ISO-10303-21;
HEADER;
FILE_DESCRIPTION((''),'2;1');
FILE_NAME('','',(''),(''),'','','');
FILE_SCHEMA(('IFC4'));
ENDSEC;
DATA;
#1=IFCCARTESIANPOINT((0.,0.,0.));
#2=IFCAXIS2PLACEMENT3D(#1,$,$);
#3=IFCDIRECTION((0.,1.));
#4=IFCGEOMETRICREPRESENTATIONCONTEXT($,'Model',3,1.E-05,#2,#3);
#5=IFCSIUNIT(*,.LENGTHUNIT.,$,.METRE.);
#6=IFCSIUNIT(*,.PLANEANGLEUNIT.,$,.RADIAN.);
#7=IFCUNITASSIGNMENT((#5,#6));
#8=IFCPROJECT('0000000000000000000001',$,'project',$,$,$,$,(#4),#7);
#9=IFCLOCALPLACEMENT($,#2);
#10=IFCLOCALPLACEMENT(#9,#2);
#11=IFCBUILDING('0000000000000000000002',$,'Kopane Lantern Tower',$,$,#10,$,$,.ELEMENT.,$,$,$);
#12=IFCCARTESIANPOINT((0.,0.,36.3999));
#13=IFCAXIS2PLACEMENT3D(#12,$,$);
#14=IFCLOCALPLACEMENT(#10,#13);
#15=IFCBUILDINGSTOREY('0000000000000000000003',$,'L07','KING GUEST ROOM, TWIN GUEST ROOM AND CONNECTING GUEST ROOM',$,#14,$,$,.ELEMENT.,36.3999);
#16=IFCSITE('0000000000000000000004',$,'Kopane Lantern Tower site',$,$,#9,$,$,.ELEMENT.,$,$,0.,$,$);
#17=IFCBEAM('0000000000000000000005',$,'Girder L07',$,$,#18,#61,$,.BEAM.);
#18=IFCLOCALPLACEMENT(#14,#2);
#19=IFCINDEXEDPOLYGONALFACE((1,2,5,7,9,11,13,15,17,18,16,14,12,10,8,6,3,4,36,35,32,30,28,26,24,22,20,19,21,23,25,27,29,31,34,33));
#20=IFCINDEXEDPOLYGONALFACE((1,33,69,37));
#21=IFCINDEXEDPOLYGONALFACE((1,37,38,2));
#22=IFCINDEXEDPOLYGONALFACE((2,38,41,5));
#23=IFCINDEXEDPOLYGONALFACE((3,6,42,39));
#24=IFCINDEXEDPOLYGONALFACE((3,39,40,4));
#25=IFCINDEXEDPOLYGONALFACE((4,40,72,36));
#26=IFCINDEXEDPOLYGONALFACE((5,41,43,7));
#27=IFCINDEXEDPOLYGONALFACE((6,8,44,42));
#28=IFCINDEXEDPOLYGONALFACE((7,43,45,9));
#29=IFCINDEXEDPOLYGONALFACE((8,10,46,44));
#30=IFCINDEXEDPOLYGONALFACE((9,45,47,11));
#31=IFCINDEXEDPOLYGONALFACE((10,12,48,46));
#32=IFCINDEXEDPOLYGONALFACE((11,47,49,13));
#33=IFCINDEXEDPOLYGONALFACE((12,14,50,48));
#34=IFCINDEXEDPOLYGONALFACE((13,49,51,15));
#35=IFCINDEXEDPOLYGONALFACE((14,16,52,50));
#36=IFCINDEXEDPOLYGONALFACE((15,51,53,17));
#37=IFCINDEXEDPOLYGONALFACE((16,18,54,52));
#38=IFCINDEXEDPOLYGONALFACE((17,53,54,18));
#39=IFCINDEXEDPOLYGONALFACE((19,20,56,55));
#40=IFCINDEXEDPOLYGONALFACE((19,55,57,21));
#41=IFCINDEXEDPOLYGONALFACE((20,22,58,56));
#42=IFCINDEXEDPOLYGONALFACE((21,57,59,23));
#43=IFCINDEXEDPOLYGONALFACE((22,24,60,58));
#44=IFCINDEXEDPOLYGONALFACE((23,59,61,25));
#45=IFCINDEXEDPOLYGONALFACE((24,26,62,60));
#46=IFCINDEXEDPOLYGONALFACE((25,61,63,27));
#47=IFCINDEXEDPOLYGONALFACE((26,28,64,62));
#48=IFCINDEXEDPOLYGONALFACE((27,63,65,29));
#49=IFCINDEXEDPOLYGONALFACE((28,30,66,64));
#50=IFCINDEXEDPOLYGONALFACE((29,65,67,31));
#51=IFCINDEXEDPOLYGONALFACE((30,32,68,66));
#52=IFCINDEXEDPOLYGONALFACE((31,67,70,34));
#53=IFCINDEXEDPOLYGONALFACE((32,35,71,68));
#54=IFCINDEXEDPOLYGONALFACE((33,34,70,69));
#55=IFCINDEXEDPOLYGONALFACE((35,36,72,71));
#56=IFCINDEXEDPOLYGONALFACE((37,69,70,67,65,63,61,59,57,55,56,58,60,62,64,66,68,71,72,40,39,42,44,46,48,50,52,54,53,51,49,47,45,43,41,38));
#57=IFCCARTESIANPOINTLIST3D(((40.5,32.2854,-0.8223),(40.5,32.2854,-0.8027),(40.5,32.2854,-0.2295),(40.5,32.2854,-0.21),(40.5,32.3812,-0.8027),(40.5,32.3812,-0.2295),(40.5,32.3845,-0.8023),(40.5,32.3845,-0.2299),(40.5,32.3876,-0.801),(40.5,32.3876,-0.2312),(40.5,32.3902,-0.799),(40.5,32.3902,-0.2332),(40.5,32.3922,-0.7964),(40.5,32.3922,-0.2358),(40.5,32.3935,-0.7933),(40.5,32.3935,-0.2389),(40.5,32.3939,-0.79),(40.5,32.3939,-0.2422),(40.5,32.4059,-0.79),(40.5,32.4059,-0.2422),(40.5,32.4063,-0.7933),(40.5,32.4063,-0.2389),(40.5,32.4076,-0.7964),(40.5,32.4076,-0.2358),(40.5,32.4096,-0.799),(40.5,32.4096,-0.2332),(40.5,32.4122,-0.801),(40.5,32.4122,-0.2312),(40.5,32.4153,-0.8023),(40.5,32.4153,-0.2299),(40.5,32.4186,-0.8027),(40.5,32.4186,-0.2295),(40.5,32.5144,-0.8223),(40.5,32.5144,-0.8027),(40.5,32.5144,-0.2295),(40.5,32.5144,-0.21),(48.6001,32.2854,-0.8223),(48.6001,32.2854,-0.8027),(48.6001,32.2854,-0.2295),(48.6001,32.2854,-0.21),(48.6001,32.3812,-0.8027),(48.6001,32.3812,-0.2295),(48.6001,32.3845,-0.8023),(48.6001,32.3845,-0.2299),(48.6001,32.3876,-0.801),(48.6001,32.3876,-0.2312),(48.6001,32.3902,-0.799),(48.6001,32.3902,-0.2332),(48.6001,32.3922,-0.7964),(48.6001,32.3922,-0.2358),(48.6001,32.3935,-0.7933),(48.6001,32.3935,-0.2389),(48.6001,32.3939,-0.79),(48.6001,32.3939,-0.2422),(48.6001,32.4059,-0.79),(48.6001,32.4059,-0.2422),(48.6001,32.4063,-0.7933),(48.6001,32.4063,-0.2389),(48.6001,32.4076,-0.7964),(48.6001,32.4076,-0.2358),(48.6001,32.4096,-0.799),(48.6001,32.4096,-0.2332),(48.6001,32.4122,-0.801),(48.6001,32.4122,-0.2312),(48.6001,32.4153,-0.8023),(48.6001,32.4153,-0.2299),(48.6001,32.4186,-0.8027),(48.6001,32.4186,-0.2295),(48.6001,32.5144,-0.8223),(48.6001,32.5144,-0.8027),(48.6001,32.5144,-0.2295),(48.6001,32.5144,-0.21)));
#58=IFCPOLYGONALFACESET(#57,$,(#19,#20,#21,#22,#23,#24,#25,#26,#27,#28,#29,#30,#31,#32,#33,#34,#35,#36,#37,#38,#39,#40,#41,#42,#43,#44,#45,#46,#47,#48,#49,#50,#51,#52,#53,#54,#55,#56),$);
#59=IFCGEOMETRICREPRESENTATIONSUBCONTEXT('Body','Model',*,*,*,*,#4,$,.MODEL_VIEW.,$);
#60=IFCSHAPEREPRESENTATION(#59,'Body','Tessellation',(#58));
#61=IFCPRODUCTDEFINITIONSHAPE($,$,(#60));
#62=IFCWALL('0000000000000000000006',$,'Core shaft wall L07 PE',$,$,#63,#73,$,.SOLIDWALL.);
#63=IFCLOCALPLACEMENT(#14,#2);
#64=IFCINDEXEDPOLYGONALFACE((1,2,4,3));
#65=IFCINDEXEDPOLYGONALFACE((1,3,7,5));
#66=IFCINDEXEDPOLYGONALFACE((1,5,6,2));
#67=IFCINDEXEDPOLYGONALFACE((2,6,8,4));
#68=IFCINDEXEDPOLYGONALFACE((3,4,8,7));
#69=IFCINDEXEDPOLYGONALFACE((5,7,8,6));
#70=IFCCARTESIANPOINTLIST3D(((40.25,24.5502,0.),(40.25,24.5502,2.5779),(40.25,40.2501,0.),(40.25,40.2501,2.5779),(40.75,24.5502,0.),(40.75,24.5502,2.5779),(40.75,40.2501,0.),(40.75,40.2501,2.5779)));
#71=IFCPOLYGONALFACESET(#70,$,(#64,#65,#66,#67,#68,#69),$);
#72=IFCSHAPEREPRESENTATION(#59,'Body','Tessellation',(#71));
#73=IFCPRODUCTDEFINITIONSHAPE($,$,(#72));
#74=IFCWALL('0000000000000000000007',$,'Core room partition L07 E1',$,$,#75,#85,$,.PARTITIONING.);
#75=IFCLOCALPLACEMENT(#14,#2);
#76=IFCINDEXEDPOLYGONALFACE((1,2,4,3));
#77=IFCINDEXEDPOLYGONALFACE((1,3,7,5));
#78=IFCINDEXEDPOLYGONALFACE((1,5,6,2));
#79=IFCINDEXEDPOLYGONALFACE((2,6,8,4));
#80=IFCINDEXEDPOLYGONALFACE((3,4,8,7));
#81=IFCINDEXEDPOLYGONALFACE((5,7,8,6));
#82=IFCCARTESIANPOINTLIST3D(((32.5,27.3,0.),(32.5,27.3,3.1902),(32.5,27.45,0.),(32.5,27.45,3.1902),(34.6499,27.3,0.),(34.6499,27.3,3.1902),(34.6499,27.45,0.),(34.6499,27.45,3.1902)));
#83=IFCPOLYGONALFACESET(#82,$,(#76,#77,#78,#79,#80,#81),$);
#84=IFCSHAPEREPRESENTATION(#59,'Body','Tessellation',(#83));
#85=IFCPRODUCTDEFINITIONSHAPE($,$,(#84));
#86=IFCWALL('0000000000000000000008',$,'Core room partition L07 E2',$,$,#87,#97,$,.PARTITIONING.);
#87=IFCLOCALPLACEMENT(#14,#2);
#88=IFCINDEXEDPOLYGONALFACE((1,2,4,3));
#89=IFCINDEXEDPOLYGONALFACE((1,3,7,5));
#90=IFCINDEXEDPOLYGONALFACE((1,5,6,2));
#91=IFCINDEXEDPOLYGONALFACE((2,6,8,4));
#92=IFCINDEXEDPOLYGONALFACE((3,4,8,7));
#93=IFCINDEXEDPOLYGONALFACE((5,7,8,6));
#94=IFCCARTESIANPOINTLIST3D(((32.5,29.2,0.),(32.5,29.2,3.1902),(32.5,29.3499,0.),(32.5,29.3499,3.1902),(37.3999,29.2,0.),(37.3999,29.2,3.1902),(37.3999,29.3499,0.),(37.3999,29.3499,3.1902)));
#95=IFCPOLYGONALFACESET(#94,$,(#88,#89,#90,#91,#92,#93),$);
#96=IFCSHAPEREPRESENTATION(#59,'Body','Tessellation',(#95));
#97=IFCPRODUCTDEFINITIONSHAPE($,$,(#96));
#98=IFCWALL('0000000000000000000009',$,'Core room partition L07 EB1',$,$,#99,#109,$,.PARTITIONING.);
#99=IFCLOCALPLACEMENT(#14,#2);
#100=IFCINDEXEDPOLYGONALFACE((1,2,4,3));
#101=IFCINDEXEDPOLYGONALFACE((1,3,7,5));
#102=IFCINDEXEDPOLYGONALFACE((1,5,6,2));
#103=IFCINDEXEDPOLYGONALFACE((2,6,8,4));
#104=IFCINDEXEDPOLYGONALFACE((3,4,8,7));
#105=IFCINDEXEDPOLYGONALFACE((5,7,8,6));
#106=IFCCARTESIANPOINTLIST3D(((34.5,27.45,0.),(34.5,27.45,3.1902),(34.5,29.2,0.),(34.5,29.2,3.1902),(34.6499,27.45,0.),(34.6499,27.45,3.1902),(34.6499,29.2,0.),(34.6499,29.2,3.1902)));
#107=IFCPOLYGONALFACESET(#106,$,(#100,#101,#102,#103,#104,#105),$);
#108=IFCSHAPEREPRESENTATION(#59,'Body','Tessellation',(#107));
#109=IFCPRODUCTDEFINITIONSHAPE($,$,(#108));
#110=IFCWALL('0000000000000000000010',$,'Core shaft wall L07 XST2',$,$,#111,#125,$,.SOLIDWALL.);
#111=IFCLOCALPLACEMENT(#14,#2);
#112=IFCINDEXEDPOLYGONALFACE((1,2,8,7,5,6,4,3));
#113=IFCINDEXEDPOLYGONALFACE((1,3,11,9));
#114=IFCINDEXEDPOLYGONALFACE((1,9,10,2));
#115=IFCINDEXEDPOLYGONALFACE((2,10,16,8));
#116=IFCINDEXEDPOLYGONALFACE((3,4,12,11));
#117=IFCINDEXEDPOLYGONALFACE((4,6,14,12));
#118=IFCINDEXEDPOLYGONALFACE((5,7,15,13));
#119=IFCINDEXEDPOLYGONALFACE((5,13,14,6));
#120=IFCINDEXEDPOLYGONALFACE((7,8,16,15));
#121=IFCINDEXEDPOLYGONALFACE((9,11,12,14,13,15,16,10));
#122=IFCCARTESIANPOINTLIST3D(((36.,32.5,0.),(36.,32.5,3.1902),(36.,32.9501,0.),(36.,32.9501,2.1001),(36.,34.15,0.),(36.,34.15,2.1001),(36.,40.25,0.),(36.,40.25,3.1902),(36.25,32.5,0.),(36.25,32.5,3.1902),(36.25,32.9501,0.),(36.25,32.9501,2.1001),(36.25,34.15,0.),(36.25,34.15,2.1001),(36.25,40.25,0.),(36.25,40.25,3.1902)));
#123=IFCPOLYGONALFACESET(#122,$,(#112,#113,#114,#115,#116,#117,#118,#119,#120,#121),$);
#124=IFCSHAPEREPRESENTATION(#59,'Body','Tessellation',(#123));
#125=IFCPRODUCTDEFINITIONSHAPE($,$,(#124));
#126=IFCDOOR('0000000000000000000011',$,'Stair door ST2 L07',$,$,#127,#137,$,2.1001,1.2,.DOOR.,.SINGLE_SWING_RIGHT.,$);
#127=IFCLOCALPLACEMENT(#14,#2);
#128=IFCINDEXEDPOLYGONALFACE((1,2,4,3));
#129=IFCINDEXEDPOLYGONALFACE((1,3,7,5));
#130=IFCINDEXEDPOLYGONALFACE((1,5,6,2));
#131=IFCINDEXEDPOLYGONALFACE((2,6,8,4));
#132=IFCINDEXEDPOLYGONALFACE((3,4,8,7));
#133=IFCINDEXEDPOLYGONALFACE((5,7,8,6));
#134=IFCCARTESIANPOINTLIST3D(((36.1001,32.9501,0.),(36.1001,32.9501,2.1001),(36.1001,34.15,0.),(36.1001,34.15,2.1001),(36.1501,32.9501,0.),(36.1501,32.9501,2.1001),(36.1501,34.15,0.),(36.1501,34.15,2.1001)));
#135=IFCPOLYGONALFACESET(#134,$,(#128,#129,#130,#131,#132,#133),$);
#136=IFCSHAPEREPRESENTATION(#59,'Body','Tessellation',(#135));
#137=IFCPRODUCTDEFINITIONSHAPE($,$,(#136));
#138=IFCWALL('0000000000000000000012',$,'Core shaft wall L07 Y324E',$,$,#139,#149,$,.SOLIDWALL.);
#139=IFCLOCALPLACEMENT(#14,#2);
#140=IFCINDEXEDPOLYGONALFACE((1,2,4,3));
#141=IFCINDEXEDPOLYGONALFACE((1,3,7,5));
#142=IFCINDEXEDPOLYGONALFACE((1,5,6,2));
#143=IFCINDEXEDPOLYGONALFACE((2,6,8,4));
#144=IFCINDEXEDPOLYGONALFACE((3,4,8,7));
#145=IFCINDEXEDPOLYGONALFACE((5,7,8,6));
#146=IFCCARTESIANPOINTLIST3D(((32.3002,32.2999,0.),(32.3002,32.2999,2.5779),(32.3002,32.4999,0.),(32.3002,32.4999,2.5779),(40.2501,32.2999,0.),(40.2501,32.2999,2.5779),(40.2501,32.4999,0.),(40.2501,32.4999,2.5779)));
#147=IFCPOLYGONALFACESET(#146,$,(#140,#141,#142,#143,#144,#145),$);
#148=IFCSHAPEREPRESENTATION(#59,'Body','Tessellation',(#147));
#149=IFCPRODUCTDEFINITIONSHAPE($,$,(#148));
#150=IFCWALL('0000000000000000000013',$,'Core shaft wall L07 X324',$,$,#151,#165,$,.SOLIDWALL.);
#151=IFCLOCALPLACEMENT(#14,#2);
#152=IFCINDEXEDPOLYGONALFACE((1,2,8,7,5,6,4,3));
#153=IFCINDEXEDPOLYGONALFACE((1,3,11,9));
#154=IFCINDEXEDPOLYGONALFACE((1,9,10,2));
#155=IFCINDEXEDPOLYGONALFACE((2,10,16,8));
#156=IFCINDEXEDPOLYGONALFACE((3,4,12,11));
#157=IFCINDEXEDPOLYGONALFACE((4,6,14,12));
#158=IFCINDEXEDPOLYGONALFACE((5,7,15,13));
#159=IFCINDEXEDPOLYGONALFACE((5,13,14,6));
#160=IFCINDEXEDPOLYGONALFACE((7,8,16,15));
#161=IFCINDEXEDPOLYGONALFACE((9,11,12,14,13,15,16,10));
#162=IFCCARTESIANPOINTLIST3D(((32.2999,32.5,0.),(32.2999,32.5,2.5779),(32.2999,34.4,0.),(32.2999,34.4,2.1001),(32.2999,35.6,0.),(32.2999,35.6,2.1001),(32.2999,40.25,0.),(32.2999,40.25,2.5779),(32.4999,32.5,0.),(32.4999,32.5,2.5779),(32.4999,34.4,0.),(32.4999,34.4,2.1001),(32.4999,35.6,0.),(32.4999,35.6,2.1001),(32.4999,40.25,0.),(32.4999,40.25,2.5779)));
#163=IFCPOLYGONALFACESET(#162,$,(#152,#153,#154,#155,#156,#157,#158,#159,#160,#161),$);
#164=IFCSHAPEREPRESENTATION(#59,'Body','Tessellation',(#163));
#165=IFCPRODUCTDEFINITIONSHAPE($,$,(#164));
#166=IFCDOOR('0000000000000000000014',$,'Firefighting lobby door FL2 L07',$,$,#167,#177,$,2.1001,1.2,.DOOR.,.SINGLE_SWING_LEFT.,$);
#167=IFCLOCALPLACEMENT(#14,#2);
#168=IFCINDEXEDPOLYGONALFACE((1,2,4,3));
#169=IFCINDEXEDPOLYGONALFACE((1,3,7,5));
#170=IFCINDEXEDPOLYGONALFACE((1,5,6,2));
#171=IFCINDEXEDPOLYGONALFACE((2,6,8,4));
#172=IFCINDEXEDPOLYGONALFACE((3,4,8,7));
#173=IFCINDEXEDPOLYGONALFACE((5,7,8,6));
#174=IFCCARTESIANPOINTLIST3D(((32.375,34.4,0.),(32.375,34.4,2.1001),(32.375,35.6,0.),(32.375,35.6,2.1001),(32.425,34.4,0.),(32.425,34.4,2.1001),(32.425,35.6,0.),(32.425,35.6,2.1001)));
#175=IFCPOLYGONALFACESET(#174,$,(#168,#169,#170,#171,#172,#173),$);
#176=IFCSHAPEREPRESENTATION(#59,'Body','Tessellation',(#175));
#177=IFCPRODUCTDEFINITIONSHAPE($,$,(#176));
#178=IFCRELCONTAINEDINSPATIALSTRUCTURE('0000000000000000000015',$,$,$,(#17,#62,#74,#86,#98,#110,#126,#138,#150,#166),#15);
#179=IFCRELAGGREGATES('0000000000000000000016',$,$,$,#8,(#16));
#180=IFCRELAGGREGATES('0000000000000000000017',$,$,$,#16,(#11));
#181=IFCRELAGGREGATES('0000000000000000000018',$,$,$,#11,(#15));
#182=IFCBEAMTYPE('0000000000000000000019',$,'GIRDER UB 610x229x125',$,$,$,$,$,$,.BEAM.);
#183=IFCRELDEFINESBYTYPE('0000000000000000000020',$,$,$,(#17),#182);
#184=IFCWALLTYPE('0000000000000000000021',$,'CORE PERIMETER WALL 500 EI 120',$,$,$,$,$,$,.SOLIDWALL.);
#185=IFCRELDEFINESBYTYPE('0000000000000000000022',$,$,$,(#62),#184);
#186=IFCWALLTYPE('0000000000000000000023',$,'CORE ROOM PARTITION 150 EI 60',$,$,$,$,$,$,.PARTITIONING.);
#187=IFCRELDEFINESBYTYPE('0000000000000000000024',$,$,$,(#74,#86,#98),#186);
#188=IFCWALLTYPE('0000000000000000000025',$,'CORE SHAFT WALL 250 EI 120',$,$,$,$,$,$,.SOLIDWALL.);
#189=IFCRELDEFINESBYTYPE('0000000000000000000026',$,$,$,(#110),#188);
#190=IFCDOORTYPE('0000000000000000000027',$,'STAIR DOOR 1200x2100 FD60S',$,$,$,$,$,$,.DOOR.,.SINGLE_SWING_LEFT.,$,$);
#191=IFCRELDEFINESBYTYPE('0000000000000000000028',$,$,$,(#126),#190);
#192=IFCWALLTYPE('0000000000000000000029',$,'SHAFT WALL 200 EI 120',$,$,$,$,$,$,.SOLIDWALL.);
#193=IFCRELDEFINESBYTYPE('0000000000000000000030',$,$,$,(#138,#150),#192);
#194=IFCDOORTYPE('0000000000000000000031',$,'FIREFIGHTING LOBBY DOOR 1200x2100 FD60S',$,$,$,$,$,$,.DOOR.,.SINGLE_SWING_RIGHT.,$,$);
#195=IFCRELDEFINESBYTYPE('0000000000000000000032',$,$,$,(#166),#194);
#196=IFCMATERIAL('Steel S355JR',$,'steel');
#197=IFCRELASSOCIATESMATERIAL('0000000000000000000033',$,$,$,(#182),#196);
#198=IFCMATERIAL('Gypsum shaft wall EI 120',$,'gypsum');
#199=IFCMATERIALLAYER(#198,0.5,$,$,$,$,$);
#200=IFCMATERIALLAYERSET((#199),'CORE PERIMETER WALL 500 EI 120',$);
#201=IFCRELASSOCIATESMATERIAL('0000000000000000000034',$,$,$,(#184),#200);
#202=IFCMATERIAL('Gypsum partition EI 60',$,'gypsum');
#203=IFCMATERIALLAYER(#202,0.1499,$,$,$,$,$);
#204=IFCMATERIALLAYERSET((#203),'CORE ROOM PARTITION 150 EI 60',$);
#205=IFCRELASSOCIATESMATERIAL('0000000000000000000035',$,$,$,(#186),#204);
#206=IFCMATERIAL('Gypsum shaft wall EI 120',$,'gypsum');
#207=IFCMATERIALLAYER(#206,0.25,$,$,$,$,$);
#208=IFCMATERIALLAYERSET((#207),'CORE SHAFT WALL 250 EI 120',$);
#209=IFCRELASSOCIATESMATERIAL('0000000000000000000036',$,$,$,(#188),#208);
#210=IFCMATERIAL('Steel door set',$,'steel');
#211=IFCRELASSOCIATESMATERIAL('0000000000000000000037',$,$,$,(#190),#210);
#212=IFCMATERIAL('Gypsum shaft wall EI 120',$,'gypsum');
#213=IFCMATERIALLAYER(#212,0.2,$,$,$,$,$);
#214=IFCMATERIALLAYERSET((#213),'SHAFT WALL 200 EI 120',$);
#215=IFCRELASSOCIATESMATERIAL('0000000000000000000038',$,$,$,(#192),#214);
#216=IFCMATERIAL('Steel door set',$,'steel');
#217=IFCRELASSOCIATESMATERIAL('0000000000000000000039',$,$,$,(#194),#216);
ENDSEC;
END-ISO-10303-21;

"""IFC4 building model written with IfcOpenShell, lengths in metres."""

from ifc_helpers import new_model, si_unit, direction, frame, frame_2d, origin, origin_2d, place, context, subcontext, project, spatial, rectangle, i_section, extrude, material, layer, layer_set, material_profile, profile_set, type_object, element, fill, save


model = new_model("IFC4")

# Units and contexts
model_context = context("Model", 3, precision=1e-05, world=origin(), true_north=direction((0.0, 1.0)))
body_context = subcontext(model_context, "Body", "Model", "MODEL_VIEW")
ifc_project = project(units=[si_unit("LENGTHUNIT", "METRE"), si_unit("PLANEANGLEUNIT", "RADIAN")], contexts=[model_context])

# Site, building, storey
site_placement = place(None, origin())
site = spatial("IfcSite", under=ifc_project, at=site_placement, Name="Kopane Lantern Tower site", CompositionType="ELEMENT", RefElevation=0.0)
building_placement = place(site_placement, origin())
building = spatial("IfcBuilding", under=site, at=building_placement, Name="Kopane Lantern Tower", CompositionType="ELEMENT")
storey_placement = place(building_placement, frame((0.0, 0.0, 36.3999)))
storey = spatial("IfcBuildingStorey", under=building, at=storey_placement, Name="L07", Description="KING GUEST ROOM, TWIN GUEST ROOM AND CONNECTING GUEST ROOM", CompositionType="ELEMENT", Elevation=36.3999)

# Beam
ifc_material_1 = material(Name="Steel S355JR", Category="steel")
ifc_material_profile_1 = material_profile(ifc_material_1, i_section(OverallWidth=0.229, OverallDepth=0.6123, WebThickness=0.012, FlangeThickness=0.0195, FilletRadius=0.0127, at=origin_2d()), Name="UB 610x229x125")
ifc_profile_set_1 = profile_set([ifc_material_profile_1], Name="Steel S355JR")
beam_type_1 = type_object("IfcBeamType", Name="GIRDER UB 610x229x125", PredefinedType="BEAM", material=ifc_profile_set_1)
for number, where, z_axis, x_axis, name in (
    (1, (40.5, 32.3999, -0.5161), (1.0, 0.0, 0.0), (0.0, 1.0, 0.0), "Girder L07"),
):
    element("IfcBeam", number, at=place(storey_placement, frame(where, z_axis=z_axis, x_axis=x_axis)), inside=storey, type_object=beam_type_1, Name=name, PredefinedType="BEAM", context=body_context, shape_type="SweptSolid", body=[
        extrude(i_section(OverallWidth=0.229, OverallDepth=0.6123, WebThickness=0.012, FlangeThickness=0.0195, FilletRadius=0.0127, at=origin_2d()), origin(), (0.0, 0.0, 1.0), 8.1001),
    ])

# Walls
ifc_material_2 = material(Name="Gypsum shaft wall EI 120", Category="gypsum")
ifc_layer_1 = layer(ifc_material_2, 0.5)
ifc_layer_set_1 = layer_set([ifc_layer_1], Name="CORE PERIMETER WALL 500 EI 120")
wall_type_1 = type_object("IfcWallType", Name="CORE PERIMETER WALL 500 EI 120", PredefinedType="SOLIDWALL", material=ifc_layer_set_1)
wall_1_placement = place(storey_placement, frame((40.5, 24.55, 0.0), z_axis=(0.0, 0.0, 1.0), x_axis=(0.0, 1.0, 0.0)))
element("IfcWall", 2, at=wall_1_placement, inside=storey, type_object=wall_type_1, Name="Core shaft wall L07 PE", PredefinedType="SOLIDWALL", context=body_context, shape_type="SweptSolid", body=[
    extrude(rectangle(XDim=15.7, YDim=0.5, at=frame_2d((7.8501, 0.0))), origin(), (0.0, 0.0, 1.0), 2.5779),
])
ifc_material_3 = material(Name="Gypsum partition EI 60", Category="gypsum")
ifc_layer_2 = layer(ifc_material_3, 0.1499)
ifc_layer_set_2 = layer_set([ifc_layer_2], Name="CORE ROOM PARTITION 150 EI 60")
wall_type_2 = type_object("IfcWallType", Name="CORE ROOM PARTITION 150 EI 60", PredefinedType="PARTITIONING", material=ifc_layer_set_2)
wall_2_placement = place(storey_placement, frame((32.5, 27.375, 0.0), z_axis=(0.0, 0.0, 1.0), x_axis=(1.0, 0.0, 0.0)))
element("IfcWall", 3, at=wall_2_placement, inside=storey, type_object=wall_type_2, Name="Core room partition L07 E1", PredefinedType="PARTITIONING", context=body_context, shape_type="SweptSolid", body=[
    extrude(rectangle(XDim=2.1499, YDim=0.1499, at=frame_2d((1.075, 0.0))), origin(), (0.0, 0.0, 1.0), 3.1902),
])
wall_3_placement = place(storey_placement, frame((32.5, 29.2749, 0.0), z_axis=(0.0, 0.0, 1.0), x_axis=(1.0, 0.0, 0.0)))
element("IfcWall", 4, at=wall_3_placement, inside=storey, type_object=wall_type_2, Name="Core room partition L07 E2", PredefinedType="PARTITIONING", context=body_context, shape_type="SweptSolid", body=[
    extrude(rectangle(XDim=4.8999, YDim=0.1499, at=frame_2d((2.45, 0.0))), origin(), (0.0, 0.0, 1.0), 3.1902),
])
wall_4_placement = place(storey_placement, frame((34.575, 27.45, 0.0), z_axis=(0.0, 0.0, 1.0), x_axis=(0.0, 1.0, 0.0)))
element("IfcWall", 5, at=wall_4_placement, inside=storey, type_object=wall_type_2, Name="Core room partition L07 EB1", PredefinedType="PARTITIONING", context=body_context, shape_type="SweptSolid", body=[
    extrude(rectangle(XDim=1.75, YDim=0.1499, at=frame_2d((0.875, 0.0))), origin(), (0.0, 0.0, 1.0), 3.1902),
])

# Wall, opening, door
ifc_material_4 = material(Name="Gypsum shaft wall EI 120", Category="gypsum")
ifc_layer_3 = layer(ifc_material_4, 0.25)
ifc_layer_set_3 = layer_set([ifc_layer_3], Name="CORE SHAFT WALL 250 EI 120")
wall_type_3 = type_object("IfcWallType", Name="CORE SHAFT WALL 250 EI 120", PredefinedType="SOLIDWALL", material=ifc_layer_set_3)
wall_5_placement = place(storey_placement, frame((36.125, 32.5, 0.0), z_axis=(0.0, 0.0, 1.0), x_axis=(0.0, 1.0, 0.0)))
wall_5 = element("IfcWall", 6, at=wall_5_placement, inside=storey, type_object=wall_type_3, Name="Core shaft wall L07 XST2", PredefinedType="SOLIDWALL", context=body_context, shape_type="SweptSolid", body=[
    extrude(rectangle(XDim=7.75, YDim=0.25, at=frame_2d((3.875, 0.0))), origin(), (0.0, 0.0, 1.0), 3.1902),
])
opening_1_placement = place(wall_5_placement, frame((0.45, 0.0, 0.0)))
opening_1 = element("IfcOpeningElement", 7, at=opening_1_placement, cuts=wall_5, PredefinedType="OPENING", context=body_context, shape_type="SweptSolid", body=[
    extrude(rectangle(XDim=1.2, YDim=2.1001, at=frame_2d((0.6001, 1.05))), frame((0.0, 0.135, 0.0), z_axis=(0.0, -1.0, 0.0), x_axis=(1.0, 0.0, 0.0)), (0.0, 0.0, 1.0), 0.27),
])
ifc_material_5 = material(Name="Steel door set", Category="steel")
door_type_1 = type_object("IfcDoorType", Name="STAIR DOOR 1200x2100 FD60S", OperationType="SINGLE_SWING_LEFT", PredefinedType="DOOR", material=ifc_material_5)
door_1_placement = place(opening_1_placement, origin())
door_1 = element("IfcDoor", 8, at=door_1_placement, inside=storey, type_object=door_type_1, Name="Stair door ST2 L07", OperationType="SINGLE_SWING_RIGHT", OverallHeight=2.1001, OverallWidth=1.2, PredefinedType="DOOR", context=body_context, shape_type="SweptSolid", body=[
    extrude(rectangle(XDim=1.2, YDim=2.1001, at=frame_2d((0.6001, 1.05))), frame((0.0, 0.0249, 0.0), z_axis=(0.0, -1.0, 0.0), x_axis=(1.0, 0.0, 0.0)), (0.0, 0.0, 1.0), 0.05),
])
fill(opening_1, door_1)

# Wall
ifc_material_6 = material(Name="Gypsum shaft wall EI 120", Category="gypsum")
ifc_layer_4 = layer(ifc_material_6, 0.2)
ifc_layer_set_4 = layer_set([ifc_layer_4], Name="SHAFT WALL 200 EI 120")
wall_type_4 = type_object("IfcWallType", Name="SHAFT WALL 200 EI 120", PredefinedType="SOLIDWALL", material=ifc_layer_set_4)
wall_6_placement = place(storey_placement, frame((32.3, 32.3999, 0.0), z_axis=(0.0, 0.0, 1.0), x_axis=(1.0, 0.0, 0.0)))
element("IfcWall", 9, at=wall_6_placement, inside=storey, type_object=wall_type_4, Name="Core shaft wall L07 Y324E", PredefinedType="SOLIDWALL", context=body_context, shape_type="SweptSolid", body=[
    extrude(rectangle(XDim=7.95, YDim=0.2, at=frame_2d((3.9751, 0.0))), origin(), (0.0, 0.0, 1.0), 2.5779),
])

# Wall, opening, door
wall_7_placement = place(storey_placement, frame((32.3999, 32.5, 0.0), z_axis=(0.0, 0.0, 1.0), x_axis=(0.0, 1.0, 0.0)))
wall_7 = element("IfcWall", 10, at=wall_7_placement, inside=storey, type_object=wall_type_4, Name="Core shaft wall L07 X324", PredefinedType="SOLIDWALL", context=body_context, shape_type="SweptSolid", body=[
    extrude(rectangle(XDim=7.75, YDim=0.2, at=frame_2d((3.875, 0.0))), origin(), (0.0, 0.0, 1.0), 2.5779),
])
opening_2_placement = place(wall_7_placement, frame((1.8999, 0.0, 0.0)))
opening_2 = element("IfcOpeningElement", 11, at=opening_2_placement, cuts=wall_7, PredefinedType="OPENING", context=body_context, shape_type="SweptSolid", body=[
    extrude(rectangle(XDim=1.2, YDim=2.1001, at=frame_2d((0.6001, 1.05))), frame((0.0, 0.1099, 0.0), z_axis=(0.0, -1.0, 0.0), x_axis=(1.0, 0.0, 0.0)), (0.0, 0.0, 1.0), 0.22),
])
ifc_material_7 = material(Name="Steel door set", Category="steel")
door_type_2 = type_object("IfcDoorType", Name="FIREFIGHTING LOBBY DOOR 1200x2100 FD60S", OperationType="SINGLE_SWING_RIGHT", PredefinedType="DOOR", material=ifc_material_7)
door_2_placement = place(opening_2_placement, origin())
door_2 = element("IfcDoor", 12, at=door_2_placement, inside=storey, type_object=door_type_2, Name="Firefighting lobby door FL2 L07", OperationType="SINGLE_SWING_LEFT", OverallHeight=2.1001, OverallWidth=1.2, PredefinedType="DOOR", context=body_context, shape_type="SweptSolid", body=[
    extrude(rectangle(XDim=1.2, YDim=2.1001, at=frame_2d((0.6001, 1.05))), frame((0.0, 0.0249, 0.0), z_axis=(0.0, -1.0, 0.0), x_axis=(1.0, 0.0, 0.0)), (0.0, 0.0, 1.0), 0.05),
])
fill(opening_2, door_2)

save(model, "model.ifc")
